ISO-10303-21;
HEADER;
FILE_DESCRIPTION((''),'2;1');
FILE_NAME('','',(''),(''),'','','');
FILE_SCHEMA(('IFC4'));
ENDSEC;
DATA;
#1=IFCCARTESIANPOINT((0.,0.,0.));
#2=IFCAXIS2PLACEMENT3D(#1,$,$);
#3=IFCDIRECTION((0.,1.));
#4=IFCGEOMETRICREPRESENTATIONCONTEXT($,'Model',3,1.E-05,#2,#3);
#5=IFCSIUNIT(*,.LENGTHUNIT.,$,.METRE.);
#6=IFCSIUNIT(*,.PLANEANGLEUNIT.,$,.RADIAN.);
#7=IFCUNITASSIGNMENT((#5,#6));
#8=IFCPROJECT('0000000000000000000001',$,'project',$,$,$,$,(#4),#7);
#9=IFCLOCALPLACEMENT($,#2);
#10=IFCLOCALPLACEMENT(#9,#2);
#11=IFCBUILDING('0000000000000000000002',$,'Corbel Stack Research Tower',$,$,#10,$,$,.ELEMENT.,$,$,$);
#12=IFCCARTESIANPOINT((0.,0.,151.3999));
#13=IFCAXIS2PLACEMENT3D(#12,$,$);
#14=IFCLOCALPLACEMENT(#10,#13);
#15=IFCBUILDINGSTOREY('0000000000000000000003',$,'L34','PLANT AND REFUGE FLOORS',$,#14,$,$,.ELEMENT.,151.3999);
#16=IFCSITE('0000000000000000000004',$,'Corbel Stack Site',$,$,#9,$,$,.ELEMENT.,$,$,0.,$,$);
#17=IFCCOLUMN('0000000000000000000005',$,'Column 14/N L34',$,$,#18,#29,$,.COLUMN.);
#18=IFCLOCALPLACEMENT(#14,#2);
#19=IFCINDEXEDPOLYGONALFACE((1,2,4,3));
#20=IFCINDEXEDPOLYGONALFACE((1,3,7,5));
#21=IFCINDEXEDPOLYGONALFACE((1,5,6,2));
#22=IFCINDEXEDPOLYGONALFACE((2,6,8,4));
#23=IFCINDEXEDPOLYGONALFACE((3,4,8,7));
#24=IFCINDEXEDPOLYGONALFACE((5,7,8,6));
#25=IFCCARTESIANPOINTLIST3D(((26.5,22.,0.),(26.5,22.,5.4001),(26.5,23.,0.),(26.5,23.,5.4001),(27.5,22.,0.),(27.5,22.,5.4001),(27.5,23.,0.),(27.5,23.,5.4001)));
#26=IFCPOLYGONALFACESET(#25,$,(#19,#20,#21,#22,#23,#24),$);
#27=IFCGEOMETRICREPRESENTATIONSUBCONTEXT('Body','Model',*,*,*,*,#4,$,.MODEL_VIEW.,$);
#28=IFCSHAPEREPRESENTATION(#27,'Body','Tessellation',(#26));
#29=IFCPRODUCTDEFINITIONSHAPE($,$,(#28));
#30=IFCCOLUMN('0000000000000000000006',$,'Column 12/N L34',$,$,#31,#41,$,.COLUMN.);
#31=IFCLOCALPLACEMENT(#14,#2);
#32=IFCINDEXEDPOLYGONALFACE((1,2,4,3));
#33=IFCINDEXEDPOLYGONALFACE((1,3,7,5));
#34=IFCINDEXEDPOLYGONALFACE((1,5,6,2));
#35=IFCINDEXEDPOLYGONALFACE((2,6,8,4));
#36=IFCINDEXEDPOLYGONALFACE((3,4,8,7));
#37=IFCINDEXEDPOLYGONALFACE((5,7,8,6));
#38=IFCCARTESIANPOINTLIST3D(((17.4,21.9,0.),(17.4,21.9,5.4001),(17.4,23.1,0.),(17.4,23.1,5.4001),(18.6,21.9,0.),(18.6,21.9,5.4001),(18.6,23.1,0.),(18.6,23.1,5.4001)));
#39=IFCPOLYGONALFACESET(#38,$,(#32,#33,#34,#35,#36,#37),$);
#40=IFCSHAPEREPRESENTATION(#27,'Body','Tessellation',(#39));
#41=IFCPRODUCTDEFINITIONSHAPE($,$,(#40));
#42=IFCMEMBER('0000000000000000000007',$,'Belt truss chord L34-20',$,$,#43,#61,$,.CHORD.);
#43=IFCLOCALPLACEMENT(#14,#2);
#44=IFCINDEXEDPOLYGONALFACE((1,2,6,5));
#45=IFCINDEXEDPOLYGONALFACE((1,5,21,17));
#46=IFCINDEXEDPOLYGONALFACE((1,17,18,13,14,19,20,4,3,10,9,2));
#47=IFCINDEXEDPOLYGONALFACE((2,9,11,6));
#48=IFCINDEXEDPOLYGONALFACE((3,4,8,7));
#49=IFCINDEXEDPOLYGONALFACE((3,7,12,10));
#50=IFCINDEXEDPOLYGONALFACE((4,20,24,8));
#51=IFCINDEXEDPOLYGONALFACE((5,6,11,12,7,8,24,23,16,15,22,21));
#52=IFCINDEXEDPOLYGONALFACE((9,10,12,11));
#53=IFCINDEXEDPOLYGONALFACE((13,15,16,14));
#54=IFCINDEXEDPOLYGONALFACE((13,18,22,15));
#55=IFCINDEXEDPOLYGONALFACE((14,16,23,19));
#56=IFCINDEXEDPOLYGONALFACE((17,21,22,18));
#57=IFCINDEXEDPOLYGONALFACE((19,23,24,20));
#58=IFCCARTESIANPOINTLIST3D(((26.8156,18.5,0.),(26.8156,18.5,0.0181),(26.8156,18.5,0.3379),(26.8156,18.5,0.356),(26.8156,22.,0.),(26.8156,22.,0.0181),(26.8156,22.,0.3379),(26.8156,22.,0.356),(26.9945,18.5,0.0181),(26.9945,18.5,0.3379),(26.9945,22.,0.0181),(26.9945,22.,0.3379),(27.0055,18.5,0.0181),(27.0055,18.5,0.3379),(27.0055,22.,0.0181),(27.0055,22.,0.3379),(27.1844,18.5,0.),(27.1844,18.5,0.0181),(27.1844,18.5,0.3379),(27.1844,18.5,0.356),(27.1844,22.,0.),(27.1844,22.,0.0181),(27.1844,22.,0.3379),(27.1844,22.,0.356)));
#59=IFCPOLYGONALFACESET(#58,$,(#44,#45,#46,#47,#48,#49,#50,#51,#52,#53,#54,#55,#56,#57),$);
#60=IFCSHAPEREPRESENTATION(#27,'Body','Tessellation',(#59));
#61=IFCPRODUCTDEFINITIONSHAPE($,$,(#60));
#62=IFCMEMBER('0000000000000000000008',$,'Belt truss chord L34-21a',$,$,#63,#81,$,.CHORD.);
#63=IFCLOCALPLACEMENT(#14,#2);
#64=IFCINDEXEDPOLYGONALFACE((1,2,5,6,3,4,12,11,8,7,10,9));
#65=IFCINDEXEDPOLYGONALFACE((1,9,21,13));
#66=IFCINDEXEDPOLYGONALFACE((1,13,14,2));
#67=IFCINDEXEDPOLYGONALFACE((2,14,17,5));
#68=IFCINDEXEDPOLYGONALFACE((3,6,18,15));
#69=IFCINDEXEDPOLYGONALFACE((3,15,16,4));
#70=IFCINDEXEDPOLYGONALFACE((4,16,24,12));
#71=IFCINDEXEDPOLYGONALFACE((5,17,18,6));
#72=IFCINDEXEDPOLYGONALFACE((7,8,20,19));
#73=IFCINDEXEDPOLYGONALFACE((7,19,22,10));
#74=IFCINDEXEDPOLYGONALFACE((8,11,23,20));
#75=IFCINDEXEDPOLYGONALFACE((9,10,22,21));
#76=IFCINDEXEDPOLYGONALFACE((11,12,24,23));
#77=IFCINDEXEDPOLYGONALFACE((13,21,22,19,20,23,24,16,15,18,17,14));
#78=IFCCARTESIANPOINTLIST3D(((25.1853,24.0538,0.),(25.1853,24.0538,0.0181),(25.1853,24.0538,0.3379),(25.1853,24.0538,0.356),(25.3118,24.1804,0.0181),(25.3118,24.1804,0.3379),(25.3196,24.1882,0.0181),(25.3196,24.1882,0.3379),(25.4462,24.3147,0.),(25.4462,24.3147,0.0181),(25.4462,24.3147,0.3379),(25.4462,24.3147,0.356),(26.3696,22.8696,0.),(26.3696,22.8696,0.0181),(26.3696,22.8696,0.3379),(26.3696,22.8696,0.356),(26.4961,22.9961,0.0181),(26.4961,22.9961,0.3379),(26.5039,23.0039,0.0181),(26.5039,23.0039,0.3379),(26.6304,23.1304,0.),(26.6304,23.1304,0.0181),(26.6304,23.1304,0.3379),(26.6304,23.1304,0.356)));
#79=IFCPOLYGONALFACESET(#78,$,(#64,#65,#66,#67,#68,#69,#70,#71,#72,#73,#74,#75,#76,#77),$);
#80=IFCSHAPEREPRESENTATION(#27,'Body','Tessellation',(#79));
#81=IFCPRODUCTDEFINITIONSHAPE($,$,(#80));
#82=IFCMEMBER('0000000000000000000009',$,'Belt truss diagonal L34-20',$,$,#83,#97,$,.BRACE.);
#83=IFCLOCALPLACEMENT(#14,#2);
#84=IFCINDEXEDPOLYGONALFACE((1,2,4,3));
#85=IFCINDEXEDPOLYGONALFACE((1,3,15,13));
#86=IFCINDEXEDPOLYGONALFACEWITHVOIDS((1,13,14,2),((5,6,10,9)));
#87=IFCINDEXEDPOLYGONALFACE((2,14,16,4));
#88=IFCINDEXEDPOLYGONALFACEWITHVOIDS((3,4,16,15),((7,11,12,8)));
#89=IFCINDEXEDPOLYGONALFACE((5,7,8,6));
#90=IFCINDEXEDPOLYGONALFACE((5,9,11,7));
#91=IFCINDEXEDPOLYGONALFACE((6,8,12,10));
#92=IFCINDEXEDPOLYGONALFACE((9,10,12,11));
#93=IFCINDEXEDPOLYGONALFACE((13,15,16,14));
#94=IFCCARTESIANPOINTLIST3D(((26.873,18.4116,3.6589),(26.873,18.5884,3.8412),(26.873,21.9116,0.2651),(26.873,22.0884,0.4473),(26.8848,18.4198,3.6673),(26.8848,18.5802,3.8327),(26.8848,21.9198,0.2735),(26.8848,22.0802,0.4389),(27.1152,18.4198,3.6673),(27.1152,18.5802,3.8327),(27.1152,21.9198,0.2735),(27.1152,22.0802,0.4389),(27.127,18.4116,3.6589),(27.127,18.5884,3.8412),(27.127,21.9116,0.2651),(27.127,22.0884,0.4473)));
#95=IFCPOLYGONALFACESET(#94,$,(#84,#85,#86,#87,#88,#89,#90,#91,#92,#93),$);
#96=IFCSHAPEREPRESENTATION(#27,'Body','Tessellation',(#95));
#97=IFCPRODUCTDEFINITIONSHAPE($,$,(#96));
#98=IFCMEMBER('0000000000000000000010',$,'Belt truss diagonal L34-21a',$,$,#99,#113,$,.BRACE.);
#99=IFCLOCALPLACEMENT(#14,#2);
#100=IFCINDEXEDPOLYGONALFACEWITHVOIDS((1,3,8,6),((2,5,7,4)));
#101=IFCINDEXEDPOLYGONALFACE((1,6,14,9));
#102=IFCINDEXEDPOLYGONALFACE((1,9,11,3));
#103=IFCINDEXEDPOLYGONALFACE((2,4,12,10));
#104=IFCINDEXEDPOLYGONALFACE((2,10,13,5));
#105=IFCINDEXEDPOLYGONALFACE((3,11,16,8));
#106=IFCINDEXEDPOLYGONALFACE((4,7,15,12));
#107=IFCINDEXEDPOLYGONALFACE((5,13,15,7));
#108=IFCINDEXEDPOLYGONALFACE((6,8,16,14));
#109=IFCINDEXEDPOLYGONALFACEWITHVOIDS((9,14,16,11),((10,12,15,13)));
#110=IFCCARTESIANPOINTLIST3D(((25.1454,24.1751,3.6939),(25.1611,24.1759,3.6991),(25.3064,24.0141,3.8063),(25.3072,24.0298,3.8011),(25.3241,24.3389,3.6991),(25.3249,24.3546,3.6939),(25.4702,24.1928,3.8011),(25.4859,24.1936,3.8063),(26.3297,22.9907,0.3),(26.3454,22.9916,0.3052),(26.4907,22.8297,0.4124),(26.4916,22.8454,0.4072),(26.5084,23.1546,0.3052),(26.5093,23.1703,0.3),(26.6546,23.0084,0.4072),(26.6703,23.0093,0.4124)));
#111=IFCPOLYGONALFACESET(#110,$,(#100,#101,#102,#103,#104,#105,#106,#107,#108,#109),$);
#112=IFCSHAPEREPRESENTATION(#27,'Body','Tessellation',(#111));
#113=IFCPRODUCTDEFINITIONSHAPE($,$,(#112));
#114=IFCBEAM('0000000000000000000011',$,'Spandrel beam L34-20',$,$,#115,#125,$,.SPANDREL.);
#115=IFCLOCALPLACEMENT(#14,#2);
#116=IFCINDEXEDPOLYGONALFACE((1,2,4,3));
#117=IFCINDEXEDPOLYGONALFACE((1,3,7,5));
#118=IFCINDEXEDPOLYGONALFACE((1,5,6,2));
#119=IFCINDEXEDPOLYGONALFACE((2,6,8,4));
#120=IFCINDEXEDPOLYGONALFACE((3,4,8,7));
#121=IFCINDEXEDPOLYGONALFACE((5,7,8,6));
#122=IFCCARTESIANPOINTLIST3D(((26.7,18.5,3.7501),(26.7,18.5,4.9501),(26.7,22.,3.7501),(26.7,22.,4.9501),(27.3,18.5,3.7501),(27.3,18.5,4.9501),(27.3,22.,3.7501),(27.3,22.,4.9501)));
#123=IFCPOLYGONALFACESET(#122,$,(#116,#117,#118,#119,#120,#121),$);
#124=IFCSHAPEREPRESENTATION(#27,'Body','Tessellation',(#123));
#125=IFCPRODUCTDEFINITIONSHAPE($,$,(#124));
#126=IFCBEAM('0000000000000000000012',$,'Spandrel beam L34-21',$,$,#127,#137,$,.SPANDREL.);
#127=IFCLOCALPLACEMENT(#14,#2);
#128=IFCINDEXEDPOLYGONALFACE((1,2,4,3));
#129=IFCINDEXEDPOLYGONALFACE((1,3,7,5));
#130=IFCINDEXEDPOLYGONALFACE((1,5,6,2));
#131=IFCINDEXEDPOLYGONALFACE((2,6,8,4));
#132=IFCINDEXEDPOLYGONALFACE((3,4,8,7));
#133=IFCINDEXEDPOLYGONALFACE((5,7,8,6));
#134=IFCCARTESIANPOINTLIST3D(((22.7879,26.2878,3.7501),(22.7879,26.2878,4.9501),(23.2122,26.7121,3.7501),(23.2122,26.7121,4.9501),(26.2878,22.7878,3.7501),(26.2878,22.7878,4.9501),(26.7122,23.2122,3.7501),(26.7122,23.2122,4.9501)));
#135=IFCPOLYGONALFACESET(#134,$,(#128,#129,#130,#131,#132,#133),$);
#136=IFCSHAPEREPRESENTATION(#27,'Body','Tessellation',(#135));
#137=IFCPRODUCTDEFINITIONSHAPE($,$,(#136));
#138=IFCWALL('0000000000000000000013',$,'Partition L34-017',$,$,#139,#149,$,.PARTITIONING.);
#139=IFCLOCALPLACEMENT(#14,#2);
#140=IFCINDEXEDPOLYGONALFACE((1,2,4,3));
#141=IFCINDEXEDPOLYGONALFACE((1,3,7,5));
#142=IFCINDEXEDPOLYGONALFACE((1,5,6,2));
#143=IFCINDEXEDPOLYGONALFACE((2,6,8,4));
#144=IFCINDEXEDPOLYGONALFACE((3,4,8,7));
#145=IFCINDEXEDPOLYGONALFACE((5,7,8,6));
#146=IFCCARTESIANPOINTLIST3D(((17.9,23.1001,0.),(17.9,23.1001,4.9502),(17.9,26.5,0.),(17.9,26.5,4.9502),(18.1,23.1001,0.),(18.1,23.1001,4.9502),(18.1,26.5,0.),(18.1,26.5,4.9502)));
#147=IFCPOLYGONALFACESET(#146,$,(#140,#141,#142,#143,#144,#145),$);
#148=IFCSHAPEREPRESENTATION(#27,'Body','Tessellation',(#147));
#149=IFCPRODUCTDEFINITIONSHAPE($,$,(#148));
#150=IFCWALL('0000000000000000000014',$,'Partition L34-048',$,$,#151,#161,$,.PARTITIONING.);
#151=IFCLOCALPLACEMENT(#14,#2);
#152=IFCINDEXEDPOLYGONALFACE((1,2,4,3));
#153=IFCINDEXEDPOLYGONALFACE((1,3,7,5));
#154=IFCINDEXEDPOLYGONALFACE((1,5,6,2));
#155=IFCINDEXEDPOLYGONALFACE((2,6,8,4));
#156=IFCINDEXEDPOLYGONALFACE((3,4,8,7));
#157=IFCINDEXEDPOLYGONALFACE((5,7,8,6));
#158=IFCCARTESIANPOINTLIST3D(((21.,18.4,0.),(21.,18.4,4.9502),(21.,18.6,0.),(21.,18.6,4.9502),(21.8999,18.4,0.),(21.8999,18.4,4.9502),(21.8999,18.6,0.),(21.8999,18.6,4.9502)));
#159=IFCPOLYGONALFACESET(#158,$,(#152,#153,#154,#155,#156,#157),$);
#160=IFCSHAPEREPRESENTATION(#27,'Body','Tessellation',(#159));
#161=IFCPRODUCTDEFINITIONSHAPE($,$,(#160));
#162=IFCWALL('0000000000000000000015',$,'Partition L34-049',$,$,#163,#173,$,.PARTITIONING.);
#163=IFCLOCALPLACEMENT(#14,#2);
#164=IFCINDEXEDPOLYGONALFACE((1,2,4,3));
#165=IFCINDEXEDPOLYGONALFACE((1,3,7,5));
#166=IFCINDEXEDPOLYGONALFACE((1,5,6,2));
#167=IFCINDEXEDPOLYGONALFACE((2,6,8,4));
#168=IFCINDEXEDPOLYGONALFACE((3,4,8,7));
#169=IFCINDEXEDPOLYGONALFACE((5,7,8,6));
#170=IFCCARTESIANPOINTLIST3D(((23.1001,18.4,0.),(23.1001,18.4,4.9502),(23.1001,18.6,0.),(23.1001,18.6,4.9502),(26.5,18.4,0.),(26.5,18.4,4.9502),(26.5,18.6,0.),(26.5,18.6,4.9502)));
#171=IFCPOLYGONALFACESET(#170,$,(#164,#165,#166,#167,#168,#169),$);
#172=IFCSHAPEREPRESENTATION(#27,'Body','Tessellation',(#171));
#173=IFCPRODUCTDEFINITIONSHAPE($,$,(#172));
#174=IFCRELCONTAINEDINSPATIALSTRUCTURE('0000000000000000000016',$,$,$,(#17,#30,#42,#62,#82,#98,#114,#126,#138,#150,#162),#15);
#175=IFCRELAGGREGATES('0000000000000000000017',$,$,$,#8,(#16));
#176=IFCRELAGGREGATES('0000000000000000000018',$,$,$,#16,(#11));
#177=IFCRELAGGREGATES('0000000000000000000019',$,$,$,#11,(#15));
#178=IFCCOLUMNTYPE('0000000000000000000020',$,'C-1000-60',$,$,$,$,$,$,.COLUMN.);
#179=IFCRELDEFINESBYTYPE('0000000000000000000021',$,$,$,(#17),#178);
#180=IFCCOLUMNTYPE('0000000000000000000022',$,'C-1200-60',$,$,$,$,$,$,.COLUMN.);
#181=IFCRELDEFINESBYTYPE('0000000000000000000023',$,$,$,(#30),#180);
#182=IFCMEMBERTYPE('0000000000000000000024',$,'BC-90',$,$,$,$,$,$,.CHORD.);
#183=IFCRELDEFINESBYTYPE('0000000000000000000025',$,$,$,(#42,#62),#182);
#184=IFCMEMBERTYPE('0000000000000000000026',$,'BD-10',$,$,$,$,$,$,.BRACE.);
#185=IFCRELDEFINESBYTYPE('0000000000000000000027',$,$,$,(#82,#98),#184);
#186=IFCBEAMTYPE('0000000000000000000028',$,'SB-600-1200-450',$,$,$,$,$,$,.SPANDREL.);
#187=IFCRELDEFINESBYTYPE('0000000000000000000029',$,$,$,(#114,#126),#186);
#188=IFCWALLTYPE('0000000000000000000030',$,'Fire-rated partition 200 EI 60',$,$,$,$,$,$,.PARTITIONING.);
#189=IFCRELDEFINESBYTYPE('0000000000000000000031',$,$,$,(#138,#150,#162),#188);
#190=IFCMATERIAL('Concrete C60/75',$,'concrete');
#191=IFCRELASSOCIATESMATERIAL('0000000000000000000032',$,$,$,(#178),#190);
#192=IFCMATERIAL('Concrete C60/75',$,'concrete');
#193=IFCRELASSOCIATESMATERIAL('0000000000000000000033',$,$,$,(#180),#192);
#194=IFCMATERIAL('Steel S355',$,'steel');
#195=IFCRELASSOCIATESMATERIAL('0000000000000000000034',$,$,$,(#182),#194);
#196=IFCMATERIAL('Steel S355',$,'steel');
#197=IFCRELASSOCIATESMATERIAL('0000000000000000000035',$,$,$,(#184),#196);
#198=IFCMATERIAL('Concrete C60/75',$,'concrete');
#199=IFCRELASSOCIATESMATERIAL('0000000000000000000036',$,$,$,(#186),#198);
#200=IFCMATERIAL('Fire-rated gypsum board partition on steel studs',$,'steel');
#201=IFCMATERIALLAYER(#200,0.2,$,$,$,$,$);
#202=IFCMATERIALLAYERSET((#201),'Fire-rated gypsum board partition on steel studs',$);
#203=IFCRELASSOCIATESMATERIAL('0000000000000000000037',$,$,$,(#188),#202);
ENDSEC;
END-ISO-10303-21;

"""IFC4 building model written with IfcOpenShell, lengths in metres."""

from ifc_helpers import new_model, si_unit, direction, frame, frame_2d, origin, origin_2d, place, context, subcontext, project, spatial, rectangle, hollow_rectangle, i_section, extrude, material, layer, layer_set, material_profile, profile_set, type_object, element, save


model = new_model("IFC4")

# Units and contexts
model_context = context("Model", 3, precision=1e-05, world=origin(), true_north=direction((0.0, 1.0)))
body_context = subcontext(model_context, "Body", "Model", "MODEL_VIEW")
ifc_project = project(units=[si_unit("LENGTHUNIT", "METRE"), si_unit("PLANEANGLEUNIT", "RADIAN")], contexts=[model_context])

# Site, building, storey
site_placement = place(None, origin())
site = spatial("IfcSite", under=ifc_project, at=site_placement, Name="Corbel Stack Site", CompositionType="ELEMENT", RefElevation=0.0)
building_placement = place(site_placement, origin())
building = spatial("IfcBuilding", under=site, at=building_placement, Name="Corbel Stack Research Tower", CompositionType="ELEMENT")
storey_placement = place(building_placement, frame((0.0, 0.0, 151.3999)))
storey = spatial("IfcBuildingStorey", under=building, at=storey_placement, Name="L34", Description="PLANT AND REFUGE FLOORS", CompositionType="ELEMENT", Elevation=151.3999)

# Columns
ifc_material_1 = material(Name="Concrete C60/75", Category="concrete")
ifc_material_profile_1 = material_profile(ifc_material_1, rectangle(XDim=1.0, YDim=1.0, at=origin_2d()), Name="RC 1000 x 1000")
ifc_profile_set_1 = profile_set([ifc_material_profile_1], Name="Concrete C60/75")
column_type_1 = type_object("IfcColumnType", Name="C-1000-60", PredefinedType="COLUMN", material=ifc_profile_set_1)
column_1_placement = place(storey_placement, frame((27.0, 22.5, 0.0), z_axis=(0.0, 0.0, 1.0), x_axis=(1.0, 0.0, 0.0)))
element("IfcColumn", 1, at=column_1_placement, inside=storey, type_object=column_type_1, Name="Column 14/N L34", PredefinedType="COLUMN", context=body_context, shape_type="SweptSolid", body=[
    extrude(rectangle(XDim=1.0, YDim=1.0, at=origin_2d()), origin(), (0.0, 0.0, 1.0), 5.4001),
])
ifc_material_2 = material(Name="Concrete C60/75", Category="concrete")
ifc_material_profile_2 = material_profile(ifc_material_2, rectangle(XDim=1.2, YDim=1.2, at=origin_2d()), Name="RC 1200 x 1200")
ifc_profile_set_2 = profile_set([ifc_material_profile_2], Name="Concrete C60/75")
column_type_2 = type_object("IfcColumnType", Name="C-1200-60", PredefinedType="COLUMN", material=ifc_profile_set_2)
column_2_placement = place(storey_placement, frame((18.0, 22.5, 0.0), z_axis=(0.0, 0.0, 1.0), x_axis=(1.0, 0.0, 0.0)))
element("IfcColumn", 2, at=column_2_placement, inside=storey, type_object=column_type_2, Name="Column 12/N L34", PredefinedType="COLUMN", context=body_context, shape_type="SweptSolid", body=[
    extrude(rectangle(XDim=1.2, YDim=1.2, at=origin_2d()), origin(), (0.0, 0.0, 1.0), 5.4001),
])

# Members
ifc_material_3 = material(Name="Steel S355", Category="steel")
ifc_material_profile_3 = material_profile(ifc_material_3, i_section(OverallWidth=0.3689, OverallDepth=0.356, WebThickness=0.011, FlangeThickness=0.0181, at=origin_2d()), Name="W14x90")
ifc_profile_set_3 = profile_set([ifc_material_profile_3], Name="Steel S355")
member_type_1 = type_object("IfcMemberType", Name="BC-90", PredefinedType="CHORD", material=ifc_profile_set_3)
member_1_placement = place(storey_placement, frame((27.0, 18.5, 0.178), z_axis=(0.0, 1.0, 0.0), x_axis=(-1.0, 0.0, 0.0)))
element("IfcMember", 3, at=member_1_placement, inside=storey, type_object=member_type_1, Name="Belt truss chord L34-20", PredefinedType="CHORD", context=body_context, shape_type="SweptSolid", body=[
    extrude(i_section(OverallWidth=0.3689, OverallDepth=0.356, WebThickness=0.011, FlangeThickness=0.0181, at=origin_2d()), origin(), (0.0, 0.0, 1.0), 3.5),
])
member_2_placement = place(storey_placement, frame((26.5, 23.0, 0.178), z_axis=(-0.707107, 0.707107, 0.0), x_axis=(-0.707107, -0.707107, 0.0)))
element("IfcMember", 4, at=member_2_placement, inside=storey, type_object=member_type_1, Name="Belt truss chord L34-21a", PredefinedType="CHORD", context=body_context, shape_type="SweptSolid", body=[
    extrude(i_section(OverallWidth=0.3689, OverallDepth=0.356, WebThickness=0.011, FlangeThickness=0.0181, at=origin_2d()), origin(), (0.0, 0.0, 1.0), 1.6748),
])
ifc_material_4 = material(Name="Steel S355", Category="steel")
ifc_material_profile_4 = material_profile(ifc_material_4, hollow_rectangle(XDim=0.2539, YDim=0.2539, WallThickness=0.0117, at=origin_2d()), Name="HSS10x10x1/2")
ifc_profile_set_4 = profile_set([ifc_material_profile_4], Name="Steel S355")
member_type_2 = type_object("IfcMemberType", Name="BD-10", PredefinedType="BRACE", material=ifc_profile_set_4)
member_3_placement = place(storey_placement, frame((27.0, 22.0, 0.3562), z_axis=(0.0, -0.717915, 0.696131), x_axis=(1.0, 0.0, 0.0)))
element("IfcMember", 5, at=member_3_placement, inside=storey, type_object=member_type_2, Name="Belt truss diagonal L34-20", PredefinedType="BRACE", context=body_context, shape_type="SweptSolid", body=[
    extrude(hollow_rectangle(XDim=0.2539, YDim=0.2539, WallThickness=0.0117, at=origin_2d()), origin(), (0.0, 0.0, 1.0), 4.8752),
])
member_4_placement = place(storey_placement, frame((26.5, 23.0, 0.3562), z_axis=(-0.312934, 0.312934, 0.896741), x_axis=(-0.707107, -0.707107, 0.0)))
element("IfcMember", 6, at=member_4_placement, inside=storey, type_object=member_type_2, Name="Belt truss diagonal L34-21a", PredefinedType="BRACE", context=body_context, shape_type="SweptSolid", body=[
    extrude(hollow_rectangle(XDim=0.2539, YDim=0.2539, WallThickness=0.0117, at=origin_2d()), origin(), (0.0, 0.0, 1.0), 3.7847),
])

# Beams
ifc_material_5 = material(Name="Concrete C60/75", Category="concrete")
ifc_material_profile_5 = material_profile(ifc_material_5, rectangle(XDim=0.6001, YDim=1.2, at=origin_2d()), Name="RC 600 x 1200")
ifc_profile_set_5 = profile_set([ifc_material_profile_5], Name="Concrete C60/75")
beam_type = type_object("IfcBeamType", Name="SB-600-1200-450", PredefinedType="SPANDREL", material=ifc_profile_set_5)
beam_1_placement = place(storey_placement, frame((27.0, 18.5, 4.3501), z_axis=(0.0, 1.0, 0.0), x_axis=(-1.0, 0.0, 0.0)))
element("IfcBeam", 7, at=beam_1_placement, inside=storey, type_object=beam_type, Name="Spandrel beam L34-20", PredefinedType="SPANDREL", context=body_context, shape_type="SweptSolid", body=[
    extrude(rectangle(XDim=0.6001, YDim=1.2, at=origin_2d()), origin(), (0.0, 0.0, 1.0), 3.5),
])
beam_2_placement = place(storey_placement, frame((26.5, 23.0, 4.3501), z_axis=(-0.707107, 0.707107, 0.0), x_axis=(-0.707107, -0.707107, 0.0)))
element("IfcBeam", 8, at=beam_2_placement, inside=storey, type_object=beam_type, Name="Spandrel beam L34-21", PredefinedType="SPANDREL", context=body_context, shape_type="SweptSolid", body=[
    extrude(rectangle(XDim=0.6001, YDim=1.2, at=origin_2d()), origin(), (0.0, 0.0, 1.0), 4.9497),
])

# Walls
ifc_material_6 = material(Name="Fire-rated gypsum board partition on steel studs", Category="steel")
ifc_layer_1 = layer(ifc_material_6, 0.2)
ifc_layer_set_1 = layer_set([ifc_layer_1], Name="Fire-rated gypsum board partition on steel studs")
wall_type_1 = type_object("IfcWallType", Name="Fire-rated partition 200 EI 60", PredefinedType="PARTITIONING", material=ifc_layer_set_1)
wall_1_placement = place(storey_placement, frame((18.0, 23.1001, 0.0), z_axis=(0.0, 0.0, 1.0), x_axis=(0.0, 1.0, 0.0)))
element("IfcWall", 9, at=wall_1_placement, inside=storey, type_object=wall_type_1, Name="Partition L34-017", PredefinedType="PARTITIONING", context=body_context, shape_type="SweptSolid", body=[
    extrude(rectangle(XDim=3.3999, YDim=0.2, at=frame_2d((1.7, 0.0))), origin(), (0.0, 0.0, 1.0), 4.9502),
])
wall_2_placement = place(storey_placement, frame((21.0, 18.5, 0.0), z_axis=(0.0, 0.0, 1.0), x_axis=(1.0, 0.0, 0.0)))
element("IfcWall", 10, at=wall_2_placement, inside=storey, type_object=wall_type_1, Name="Partition L34-048", PredefinedType="PARTITIONING", context=body_context, shape_type="SweptSolid", body=[
    extrude(rectangle(XDim=0.8999, YDim=0.2, at=frame_2d((0.45, 0.0))), origin(), (0.0, 0.0, 1.0), 4.9502),
])
wall_3_placement = place(storey_placement, frame((23.1001, 18.5, 0.0), z_axis=(0.0, 0.0, 1.0), x_axis=(1.0, 0.0, 0.0)))
element("IfcWall", 11, at=wall_3_placement, inside=storey, type_object=wall_type_1, Name="Partition L34-049", PredefinedType="PARTITIONING", context=body_context, shape_type="SweptSolid", body=[
    extrude(rectangle(XDim=3.3999, YDim=0.2, at=frame_2d((1.7, 0.0))), origin(), (0.0, 0.0, 1.0), 4.9502),
])

save(model, "model.ifc")
